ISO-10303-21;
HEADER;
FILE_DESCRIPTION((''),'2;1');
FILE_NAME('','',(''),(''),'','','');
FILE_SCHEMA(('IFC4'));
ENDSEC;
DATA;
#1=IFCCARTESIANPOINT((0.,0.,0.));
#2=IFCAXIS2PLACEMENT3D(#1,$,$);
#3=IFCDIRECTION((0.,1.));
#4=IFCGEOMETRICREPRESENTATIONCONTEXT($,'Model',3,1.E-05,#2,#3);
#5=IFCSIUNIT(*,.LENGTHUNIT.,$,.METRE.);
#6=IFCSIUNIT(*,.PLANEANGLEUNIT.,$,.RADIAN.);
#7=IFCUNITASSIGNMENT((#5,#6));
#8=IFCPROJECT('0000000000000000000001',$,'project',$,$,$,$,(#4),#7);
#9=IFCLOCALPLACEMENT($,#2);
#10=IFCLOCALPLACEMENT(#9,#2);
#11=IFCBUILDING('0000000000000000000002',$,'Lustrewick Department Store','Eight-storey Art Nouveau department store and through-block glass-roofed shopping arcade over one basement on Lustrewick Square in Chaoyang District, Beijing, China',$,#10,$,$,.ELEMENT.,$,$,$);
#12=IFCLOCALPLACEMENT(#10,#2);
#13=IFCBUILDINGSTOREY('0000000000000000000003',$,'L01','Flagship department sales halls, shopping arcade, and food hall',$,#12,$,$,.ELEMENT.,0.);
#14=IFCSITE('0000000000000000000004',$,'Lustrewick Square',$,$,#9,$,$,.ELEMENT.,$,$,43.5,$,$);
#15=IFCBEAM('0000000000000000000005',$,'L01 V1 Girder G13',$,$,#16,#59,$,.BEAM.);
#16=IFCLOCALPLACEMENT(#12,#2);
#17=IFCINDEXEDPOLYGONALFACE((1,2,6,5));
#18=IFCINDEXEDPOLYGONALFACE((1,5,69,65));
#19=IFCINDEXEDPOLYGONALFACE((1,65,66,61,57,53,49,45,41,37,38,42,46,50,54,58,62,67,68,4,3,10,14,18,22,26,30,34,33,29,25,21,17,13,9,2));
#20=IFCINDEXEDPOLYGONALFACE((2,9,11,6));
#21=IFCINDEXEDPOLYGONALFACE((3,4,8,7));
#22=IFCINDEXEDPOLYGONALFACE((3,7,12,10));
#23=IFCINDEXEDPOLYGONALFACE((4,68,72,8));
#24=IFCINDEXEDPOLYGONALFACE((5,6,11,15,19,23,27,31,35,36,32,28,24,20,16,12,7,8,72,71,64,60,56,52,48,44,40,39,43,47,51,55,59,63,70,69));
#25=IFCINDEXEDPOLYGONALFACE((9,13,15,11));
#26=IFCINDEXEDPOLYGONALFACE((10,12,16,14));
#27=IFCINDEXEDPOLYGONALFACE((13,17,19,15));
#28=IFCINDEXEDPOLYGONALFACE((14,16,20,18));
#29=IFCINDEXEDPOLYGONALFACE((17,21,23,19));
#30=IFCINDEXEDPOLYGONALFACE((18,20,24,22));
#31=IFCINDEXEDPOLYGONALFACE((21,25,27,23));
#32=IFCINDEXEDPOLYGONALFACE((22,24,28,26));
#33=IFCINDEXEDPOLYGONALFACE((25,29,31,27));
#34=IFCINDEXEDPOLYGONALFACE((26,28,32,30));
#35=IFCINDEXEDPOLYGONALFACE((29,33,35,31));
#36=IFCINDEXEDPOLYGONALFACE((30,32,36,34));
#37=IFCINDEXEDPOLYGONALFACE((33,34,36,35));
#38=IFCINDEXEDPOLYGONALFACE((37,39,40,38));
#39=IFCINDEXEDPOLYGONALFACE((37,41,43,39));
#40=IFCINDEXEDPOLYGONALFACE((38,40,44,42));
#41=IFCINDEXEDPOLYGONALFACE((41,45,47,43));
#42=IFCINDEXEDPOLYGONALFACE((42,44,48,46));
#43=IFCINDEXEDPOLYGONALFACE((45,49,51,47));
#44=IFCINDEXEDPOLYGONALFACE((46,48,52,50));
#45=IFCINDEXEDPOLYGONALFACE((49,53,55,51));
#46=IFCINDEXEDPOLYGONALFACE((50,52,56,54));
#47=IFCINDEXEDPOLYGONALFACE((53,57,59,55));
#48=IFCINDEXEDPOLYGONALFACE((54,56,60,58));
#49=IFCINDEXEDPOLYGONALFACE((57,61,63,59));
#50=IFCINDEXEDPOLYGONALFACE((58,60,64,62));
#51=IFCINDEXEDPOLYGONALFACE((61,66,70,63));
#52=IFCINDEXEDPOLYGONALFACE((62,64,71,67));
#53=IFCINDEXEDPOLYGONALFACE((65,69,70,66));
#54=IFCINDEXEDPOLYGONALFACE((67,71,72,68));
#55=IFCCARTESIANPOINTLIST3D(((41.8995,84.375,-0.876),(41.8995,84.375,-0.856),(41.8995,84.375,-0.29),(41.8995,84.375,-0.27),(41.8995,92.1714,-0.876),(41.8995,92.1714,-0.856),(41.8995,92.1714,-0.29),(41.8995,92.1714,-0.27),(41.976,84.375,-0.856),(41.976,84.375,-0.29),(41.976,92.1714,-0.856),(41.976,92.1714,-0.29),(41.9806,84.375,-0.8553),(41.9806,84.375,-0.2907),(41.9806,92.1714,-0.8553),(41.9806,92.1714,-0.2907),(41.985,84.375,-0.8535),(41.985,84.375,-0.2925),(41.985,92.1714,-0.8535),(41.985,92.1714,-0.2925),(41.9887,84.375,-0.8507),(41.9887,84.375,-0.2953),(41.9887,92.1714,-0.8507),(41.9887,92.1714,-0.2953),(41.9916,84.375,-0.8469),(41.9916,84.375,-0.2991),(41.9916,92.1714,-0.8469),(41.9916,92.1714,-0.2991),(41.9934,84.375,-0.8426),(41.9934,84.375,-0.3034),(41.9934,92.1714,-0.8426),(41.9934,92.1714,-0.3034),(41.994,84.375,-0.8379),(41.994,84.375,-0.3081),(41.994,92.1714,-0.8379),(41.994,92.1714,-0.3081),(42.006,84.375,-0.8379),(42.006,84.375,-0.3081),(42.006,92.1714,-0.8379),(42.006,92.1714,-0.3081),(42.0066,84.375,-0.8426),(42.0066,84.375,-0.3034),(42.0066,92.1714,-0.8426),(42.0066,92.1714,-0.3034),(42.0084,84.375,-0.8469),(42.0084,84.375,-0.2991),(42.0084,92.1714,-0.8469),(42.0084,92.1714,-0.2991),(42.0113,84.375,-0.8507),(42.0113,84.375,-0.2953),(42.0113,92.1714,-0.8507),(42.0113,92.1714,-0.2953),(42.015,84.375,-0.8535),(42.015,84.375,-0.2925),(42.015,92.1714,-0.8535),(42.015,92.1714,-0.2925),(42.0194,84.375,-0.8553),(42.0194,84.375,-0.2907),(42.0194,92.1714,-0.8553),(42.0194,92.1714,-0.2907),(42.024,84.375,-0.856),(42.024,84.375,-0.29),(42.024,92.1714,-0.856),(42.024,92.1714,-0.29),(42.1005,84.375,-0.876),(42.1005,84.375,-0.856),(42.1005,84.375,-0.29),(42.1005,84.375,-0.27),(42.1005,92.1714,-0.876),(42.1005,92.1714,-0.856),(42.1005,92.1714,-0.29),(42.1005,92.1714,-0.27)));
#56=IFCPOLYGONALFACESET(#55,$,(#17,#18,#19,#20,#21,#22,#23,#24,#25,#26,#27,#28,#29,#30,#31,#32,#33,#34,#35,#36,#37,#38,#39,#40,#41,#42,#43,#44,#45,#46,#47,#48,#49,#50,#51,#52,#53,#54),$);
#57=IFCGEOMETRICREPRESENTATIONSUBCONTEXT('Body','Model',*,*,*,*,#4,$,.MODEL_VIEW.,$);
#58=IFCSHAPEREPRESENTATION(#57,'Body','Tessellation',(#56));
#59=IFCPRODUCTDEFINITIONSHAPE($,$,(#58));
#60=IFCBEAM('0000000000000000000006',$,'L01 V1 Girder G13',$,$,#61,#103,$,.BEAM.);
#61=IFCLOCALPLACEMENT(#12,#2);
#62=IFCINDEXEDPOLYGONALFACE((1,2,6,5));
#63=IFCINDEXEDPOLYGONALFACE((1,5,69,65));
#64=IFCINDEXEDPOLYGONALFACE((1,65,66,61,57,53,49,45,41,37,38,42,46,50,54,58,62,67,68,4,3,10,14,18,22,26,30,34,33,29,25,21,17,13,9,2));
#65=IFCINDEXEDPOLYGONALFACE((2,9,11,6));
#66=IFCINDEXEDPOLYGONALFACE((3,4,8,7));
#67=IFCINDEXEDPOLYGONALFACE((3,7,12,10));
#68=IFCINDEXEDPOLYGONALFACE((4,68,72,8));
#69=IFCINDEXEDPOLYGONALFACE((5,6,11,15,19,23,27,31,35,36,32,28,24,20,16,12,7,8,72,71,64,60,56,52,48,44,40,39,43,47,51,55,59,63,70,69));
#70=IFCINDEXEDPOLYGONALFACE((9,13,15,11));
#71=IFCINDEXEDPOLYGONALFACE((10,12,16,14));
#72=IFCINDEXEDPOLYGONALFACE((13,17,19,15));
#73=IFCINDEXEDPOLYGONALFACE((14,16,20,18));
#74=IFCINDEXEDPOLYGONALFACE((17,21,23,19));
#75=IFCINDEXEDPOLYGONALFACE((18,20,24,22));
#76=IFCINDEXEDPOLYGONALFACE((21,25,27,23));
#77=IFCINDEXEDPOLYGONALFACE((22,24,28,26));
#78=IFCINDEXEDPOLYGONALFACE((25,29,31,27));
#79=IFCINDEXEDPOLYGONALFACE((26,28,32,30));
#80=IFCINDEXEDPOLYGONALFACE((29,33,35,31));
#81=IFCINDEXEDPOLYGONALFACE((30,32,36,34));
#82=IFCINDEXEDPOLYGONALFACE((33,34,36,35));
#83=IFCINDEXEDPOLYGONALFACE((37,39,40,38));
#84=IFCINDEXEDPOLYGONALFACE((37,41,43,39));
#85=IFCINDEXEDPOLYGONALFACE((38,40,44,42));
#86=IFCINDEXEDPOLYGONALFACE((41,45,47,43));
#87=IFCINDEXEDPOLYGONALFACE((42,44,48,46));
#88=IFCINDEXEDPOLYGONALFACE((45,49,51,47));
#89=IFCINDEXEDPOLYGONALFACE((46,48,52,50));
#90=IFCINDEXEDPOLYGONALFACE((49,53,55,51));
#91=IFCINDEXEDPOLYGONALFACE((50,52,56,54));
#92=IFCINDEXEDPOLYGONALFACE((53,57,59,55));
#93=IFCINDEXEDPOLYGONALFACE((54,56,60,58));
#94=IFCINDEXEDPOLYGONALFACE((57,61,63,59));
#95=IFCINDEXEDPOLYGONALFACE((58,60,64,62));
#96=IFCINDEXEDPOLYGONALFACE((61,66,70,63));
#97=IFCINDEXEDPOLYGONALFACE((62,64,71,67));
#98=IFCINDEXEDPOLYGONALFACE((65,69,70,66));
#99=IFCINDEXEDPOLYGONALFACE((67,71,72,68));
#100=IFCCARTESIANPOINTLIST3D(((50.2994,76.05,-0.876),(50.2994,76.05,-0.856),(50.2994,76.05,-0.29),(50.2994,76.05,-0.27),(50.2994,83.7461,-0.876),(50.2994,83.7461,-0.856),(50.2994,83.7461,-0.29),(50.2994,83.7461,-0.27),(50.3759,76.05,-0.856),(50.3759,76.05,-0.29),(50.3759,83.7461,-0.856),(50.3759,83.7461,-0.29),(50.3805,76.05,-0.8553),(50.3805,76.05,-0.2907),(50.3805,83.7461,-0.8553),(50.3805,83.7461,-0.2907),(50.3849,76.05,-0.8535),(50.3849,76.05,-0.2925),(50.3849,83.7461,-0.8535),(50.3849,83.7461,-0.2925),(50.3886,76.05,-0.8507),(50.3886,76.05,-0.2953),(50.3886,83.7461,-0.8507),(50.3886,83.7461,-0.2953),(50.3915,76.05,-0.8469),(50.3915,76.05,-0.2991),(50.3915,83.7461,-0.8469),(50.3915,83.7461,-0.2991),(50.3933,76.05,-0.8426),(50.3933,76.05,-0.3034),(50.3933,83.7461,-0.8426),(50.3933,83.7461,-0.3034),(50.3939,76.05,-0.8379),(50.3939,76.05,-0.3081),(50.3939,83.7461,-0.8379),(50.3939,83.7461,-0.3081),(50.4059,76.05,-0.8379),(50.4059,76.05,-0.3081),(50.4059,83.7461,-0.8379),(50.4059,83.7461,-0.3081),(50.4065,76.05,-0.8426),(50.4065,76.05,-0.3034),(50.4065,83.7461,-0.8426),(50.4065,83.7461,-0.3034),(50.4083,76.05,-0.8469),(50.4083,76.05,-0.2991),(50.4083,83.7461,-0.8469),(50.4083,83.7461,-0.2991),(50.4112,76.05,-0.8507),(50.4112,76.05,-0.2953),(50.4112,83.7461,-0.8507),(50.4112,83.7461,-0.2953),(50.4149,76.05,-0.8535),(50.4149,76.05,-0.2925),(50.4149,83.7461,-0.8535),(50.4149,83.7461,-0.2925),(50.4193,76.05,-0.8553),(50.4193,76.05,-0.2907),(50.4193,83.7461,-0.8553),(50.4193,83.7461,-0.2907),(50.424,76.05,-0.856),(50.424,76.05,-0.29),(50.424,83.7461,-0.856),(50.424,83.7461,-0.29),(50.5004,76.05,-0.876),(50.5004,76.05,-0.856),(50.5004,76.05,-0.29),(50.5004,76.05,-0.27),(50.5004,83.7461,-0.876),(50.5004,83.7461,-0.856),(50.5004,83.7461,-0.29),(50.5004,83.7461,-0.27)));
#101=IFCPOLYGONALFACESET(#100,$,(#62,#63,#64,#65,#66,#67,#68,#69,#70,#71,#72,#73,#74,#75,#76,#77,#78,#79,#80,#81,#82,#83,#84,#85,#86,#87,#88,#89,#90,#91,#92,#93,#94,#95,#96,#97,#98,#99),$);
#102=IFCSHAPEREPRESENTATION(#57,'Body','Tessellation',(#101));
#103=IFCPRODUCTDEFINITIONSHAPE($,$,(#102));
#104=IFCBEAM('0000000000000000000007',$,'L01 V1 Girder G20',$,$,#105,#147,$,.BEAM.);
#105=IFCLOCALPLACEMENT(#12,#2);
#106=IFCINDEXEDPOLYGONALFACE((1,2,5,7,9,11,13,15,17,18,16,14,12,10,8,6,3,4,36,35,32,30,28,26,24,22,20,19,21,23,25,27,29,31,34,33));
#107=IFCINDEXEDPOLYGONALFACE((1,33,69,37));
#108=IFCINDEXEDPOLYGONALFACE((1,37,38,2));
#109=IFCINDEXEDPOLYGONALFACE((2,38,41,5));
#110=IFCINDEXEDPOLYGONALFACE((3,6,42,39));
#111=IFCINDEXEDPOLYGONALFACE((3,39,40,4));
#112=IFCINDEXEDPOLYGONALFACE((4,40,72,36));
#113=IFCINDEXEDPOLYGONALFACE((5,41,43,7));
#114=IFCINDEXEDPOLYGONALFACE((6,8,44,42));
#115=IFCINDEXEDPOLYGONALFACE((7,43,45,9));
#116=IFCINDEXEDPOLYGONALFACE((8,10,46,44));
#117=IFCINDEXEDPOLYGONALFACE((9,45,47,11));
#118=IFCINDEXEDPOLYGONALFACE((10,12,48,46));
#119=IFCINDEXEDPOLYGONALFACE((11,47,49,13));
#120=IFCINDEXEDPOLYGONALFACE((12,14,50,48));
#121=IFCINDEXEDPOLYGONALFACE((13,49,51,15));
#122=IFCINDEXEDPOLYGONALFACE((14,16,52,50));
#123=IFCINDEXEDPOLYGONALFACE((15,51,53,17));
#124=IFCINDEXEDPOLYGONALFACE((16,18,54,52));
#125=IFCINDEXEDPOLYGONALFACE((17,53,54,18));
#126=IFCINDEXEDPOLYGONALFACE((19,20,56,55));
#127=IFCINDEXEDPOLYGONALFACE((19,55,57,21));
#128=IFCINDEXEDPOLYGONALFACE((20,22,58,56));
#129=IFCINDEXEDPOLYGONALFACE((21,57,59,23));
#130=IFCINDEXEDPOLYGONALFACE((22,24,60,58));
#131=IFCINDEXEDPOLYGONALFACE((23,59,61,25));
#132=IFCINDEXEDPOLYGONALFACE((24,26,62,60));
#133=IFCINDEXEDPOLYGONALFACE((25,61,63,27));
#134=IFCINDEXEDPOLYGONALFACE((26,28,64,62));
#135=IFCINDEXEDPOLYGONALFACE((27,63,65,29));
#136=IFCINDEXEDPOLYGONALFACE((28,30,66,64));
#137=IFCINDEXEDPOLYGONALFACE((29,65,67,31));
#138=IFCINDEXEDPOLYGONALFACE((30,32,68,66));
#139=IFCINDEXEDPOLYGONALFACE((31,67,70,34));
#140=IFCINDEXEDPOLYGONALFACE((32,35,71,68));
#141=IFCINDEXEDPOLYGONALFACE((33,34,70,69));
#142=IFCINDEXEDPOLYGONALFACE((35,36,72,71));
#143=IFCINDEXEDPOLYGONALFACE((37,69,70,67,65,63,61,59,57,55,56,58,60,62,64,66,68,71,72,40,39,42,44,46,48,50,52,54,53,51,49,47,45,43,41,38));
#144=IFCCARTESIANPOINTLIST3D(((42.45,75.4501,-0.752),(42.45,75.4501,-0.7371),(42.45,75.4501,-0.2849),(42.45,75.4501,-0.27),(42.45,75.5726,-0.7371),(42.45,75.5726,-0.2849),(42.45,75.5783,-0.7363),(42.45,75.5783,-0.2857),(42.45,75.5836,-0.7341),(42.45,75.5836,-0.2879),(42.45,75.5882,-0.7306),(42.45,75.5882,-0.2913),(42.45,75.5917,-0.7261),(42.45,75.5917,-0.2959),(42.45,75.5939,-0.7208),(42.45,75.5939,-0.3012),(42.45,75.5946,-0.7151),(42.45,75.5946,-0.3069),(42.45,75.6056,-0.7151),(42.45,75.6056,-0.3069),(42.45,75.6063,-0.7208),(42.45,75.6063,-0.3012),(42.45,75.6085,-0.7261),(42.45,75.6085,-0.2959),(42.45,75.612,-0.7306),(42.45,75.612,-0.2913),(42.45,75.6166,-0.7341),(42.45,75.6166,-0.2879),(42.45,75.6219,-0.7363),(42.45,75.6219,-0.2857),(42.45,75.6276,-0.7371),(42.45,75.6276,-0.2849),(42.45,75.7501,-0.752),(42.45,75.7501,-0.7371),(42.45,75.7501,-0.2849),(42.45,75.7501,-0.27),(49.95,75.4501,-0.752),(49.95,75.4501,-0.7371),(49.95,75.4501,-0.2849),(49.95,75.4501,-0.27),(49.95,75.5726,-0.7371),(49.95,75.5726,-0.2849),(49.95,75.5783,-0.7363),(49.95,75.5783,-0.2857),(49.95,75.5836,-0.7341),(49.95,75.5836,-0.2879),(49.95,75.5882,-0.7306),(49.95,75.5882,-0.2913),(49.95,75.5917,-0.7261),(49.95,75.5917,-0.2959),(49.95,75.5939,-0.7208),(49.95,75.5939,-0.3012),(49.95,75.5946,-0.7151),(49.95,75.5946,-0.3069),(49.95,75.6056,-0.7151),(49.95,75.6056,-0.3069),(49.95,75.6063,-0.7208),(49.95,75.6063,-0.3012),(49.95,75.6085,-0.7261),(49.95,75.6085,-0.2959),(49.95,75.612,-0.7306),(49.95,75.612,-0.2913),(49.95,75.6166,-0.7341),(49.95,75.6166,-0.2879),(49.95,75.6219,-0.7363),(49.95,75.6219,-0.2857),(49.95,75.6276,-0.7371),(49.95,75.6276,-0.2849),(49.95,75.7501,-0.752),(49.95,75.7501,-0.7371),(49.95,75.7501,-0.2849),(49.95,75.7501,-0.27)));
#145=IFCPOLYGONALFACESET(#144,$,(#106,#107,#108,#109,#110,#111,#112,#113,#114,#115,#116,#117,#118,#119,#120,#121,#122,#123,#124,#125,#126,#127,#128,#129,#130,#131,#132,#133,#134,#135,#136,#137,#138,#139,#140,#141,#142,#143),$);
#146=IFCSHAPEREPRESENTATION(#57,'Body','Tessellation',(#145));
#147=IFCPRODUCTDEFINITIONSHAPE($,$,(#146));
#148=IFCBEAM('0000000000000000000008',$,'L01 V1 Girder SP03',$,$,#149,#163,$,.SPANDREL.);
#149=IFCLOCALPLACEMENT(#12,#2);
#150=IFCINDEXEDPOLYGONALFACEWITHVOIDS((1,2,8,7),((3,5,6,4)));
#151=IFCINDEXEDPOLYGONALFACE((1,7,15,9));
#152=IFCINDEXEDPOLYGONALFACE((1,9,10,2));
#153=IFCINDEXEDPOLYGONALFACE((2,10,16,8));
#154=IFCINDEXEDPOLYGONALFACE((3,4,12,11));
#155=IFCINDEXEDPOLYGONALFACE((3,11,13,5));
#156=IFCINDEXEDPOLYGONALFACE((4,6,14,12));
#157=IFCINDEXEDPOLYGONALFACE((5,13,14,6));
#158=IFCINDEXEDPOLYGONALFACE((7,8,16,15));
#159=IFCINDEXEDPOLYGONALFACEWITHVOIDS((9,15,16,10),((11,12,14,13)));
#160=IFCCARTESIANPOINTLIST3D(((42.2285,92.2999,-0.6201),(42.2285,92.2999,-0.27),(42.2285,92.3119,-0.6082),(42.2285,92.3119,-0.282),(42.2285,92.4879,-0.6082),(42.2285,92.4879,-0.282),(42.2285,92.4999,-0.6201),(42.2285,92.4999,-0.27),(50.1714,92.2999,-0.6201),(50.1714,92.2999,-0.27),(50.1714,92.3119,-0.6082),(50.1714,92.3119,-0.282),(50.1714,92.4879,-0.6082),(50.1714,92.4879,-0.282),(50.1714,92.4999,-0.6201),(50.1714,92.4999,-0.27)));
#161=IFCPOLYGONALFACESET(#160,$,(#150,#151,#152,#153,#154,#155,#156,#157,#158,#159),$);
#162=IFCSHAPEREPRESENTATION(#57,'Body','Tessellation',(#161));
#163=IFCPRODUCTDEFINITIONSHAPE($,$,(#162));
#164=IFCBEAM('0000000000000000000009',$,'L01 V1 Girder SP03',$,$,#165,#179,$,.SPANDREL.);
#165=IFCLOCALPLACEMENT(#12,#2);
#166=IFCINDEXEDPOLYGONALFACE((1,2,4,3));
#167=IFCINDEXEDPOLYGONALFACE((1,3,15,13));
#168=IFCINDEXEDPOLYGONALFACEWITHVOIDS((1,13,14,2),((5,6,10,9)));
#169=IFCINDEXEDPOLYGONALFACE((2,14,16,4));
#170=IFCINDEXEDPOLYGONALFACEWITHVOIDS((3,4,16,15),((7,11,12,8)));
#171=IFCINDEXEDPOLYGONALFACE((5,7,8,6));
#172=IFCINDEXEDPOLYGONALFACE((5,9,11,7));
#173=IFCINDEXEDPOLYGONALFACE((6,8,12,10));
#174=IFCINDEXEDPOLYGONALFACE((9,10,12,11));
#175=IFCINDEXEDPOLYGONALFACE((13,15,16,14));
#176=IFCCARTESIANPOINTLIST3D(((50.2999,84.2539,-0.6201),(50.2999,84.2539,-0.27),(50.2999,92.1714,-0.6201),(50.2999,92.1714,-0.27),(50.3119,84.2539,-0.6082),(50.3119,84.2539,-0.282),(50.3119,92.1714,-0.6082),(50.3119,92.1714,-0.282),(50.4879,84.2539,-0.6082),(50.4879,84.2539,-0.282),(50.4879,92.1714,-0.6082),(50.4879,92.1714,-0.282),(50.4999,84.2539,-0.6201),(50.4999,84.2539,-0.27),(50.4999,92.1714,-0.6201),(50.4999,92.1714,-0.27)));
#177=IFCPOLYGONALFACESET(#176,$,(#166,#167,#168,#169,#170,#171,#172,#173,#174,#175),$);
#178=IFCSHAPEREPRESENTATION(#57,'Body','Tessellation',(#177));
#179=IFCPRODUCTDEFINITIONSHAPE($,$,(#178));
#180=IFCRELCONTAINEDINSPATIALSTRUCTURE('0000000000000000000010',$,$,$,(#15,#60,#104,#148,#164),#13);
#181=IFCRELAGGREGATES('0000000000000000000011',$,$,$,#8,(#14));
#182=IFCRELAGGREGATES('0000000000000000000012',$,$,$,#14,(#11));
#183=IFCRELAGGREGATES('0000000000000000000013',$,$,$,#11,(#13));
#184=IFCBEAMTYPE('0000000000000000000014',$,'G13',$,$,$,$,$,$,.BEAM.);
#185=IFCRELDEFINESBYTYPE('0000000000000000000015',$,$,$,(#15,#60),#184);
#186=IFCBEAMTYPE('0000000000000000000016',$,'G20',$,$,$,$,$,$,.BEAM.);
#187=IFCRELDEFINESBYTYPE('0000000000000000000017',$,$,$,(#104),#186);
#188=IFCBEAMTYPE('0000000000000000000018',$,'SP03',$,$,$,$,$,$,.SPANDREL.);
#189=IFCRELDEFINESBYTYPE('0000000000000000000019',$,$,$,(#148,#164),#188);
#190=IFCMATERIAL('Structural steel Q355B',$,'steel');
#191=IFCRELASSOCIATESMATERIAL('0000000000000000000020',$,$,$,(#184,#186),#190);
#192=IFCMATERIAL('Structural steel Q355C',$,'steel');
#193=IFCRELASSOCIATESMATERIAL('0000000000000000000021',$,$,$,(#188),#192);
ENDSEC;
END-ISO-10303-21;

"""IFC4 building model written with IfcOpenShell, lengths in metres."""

from ifc_helpers import new_model, si_unit, direction, frame, origin, origin_2d, place, context, subcontext, project, spatial, hollow_rectangle, i_section, extrude, material, material_profile, profile_set, type_object, element, save


model = new_model("IFC4")

# Units and contexts
model_context = context("Model", 3, precision=1e-05, world=origin(), true_north=direction((0.0, 1.0)))
body_context = subcontext(model_context, "Body", "Model", "MODEL_VIEW")
ifc_project = project(units=[si_unit("LENGTHUNIT", "METRE"), si_unit("PLANEANGLEUNIT", "RADIAN")], contexts=[model_context])

# Site, building, storey
site_placement = place(None, origin())
site = spatial("IfcSite", under=ifc_project, at=site_placement, Name="Lustrewick Square", CompositionType="ELEMENT", RefElevation=43.5)
building_placement = place(site_placement, origin())
building = spatial("IfcBuilding", under=site, at=building_placement, Name="Lustrewick Department Store", Description="Eight-storey Art Nouveau department store and through-block glass-roofed shopping arcade over one basement on Lustrewick Square in Chaoyang District, Beijing, China", CompositionType="ELEMENT")
storey_placement = place(building_placement, origin())
storey = spatial("IfcBuildingStorey", under=building, at=storey_placement, Name="L01", Description="Flagship department sales halls, shopping arcade, and food hall", CompositionType="ELEMENT", Elevation=0.0)

# Shared definitions
ifc_material_1 = material(Name="Structural steel Q355C", Category="steel")

# Beams
ifc_material_2 = material(Name="Structural steel Q355B", Category="steel")
ifc_material_profile_1 = material_profile(ifc_material_2, i_section(OverallWidth=0.2009, OverallDepth=0.606, WebThickness=0.012, FlangeThickness=0.02, FilletRadius=0.0181, at=origin_2d()), Name="HN 606x201x12x20")
ifc_profile_set_1 = profile_set([ifc_material_profile_1], Name="Structural steel Q355B")
beam_type_1 = type_object("IfcBeamType", Name="G13", PredefinedType="BEAM", material=ifc_profile_set_1)
beam_1_placement = place(storey_placement, frame((42.0, 84.375, -0.573), z_axis=(0.0, 1.0, 0.0), x_axis=(-1.0, 0.0, 0.0)))
element("IfcBeam", 1, at=beam_1_placement, inside=storey, type_object=beam_type_1, Name="L01 V1 Girder G13", PredefinedType="BEAM", context=body_context, shape_type="SweptSolid", body=[
    extrude(i_section(OverallWidth=0.2009, OverallDepth=0.606, WebThickness=0.012, FlangeThickness=0.02, FilletRadius=0.0181, at=origin_2d()), origin(), (0.0, 0.0, 1.0), 7.7964),
])
beam_2_placement = place(storey_placement, frame((50.3999, 76.05, -0.573), z_axis=(0.0, 1.0, 0.0), x_axis=(-1.0, 0.0, 0.0)))
element("IfcBeam", 2, at=beam_2_placement, inside=storey, type_object=beam_type_1, Name="L01 V1 Girder G13", PredefinedType="BEAM", context=body_context, shape_type="SweptSolid", body=[
    extrude(i_section(OverallWidth=0.2009, OverallDepth=0.606, WebThickness=0.012, FlangeThickness=0.02, FilletRadius=0.0181, at=origin_2d()), origin(), (0.0, 0.0, 1.0), 7.696),
])
ifc_material_profile_2 = material_profile(ifc_material_2, i_section(OverallWidth=0.3, OverallDepth=0.4819, WebThickness=0.011, FlangeThickness=0.0149, FilletRadius=0.022, at=origin_2d()), Name="HM 482x300x11x15")
ifc_profile_set_2 = profile_set([ifc_material_profile_2], Name="Structural steel Q355B")
beam_type_2 = type_object("IfcBeamType", Name="G20", PredefinedType="BEAM", material=ifc_profile_set_2)
beam_3_placement = place(storey_placement, frame((42.45, 75.6001, -0.511), z_axis=(1.0, 0.0, 0.0), x_axis=(0.0, 1.0, 0.0)))
element("IfcBeam", 3, at=beam_3_placement, inside=storey, type_object=beam_type_2, Name="L01 V1 Girder G20", PredefinedType="BEAM", context=body_context, shape_type="SweptSolid", body=[
    extrude(i_section(OverallWidth=0.3, OverallDepth=0.4819, WebThickness=0.011, FlangeThickness=0.0149, FilletRadius=0.022, at=origin_2d()), origin(), (0.0, 0.0, 1.0), 7.5),
])
ifc_material_profile_3 = material_profile(ifc_material_1, hollow_rectangle(XDim=0.2, YDim=0.3501, WallThickness=0.012, at=origin_2d()), Name="RHS 350x200x12")
ifc_profile_set_3 = profile_set([ifc_material_profile_3], Name="Structural steel Q355C")
beam_type_3 = type_object("IfcBeamType", Name="SP03", PredefinedType="SPANDREL", material=ifc_profile_set_3)
beam_4_placement = place(storey_placement, frame((42.2285, 92.3999, -0.4451), z_axis=(1.0, 0.0, 0.0), x_axis=(0.0, 1.0, 0.0)))
element("IfcBeam", 4, at=beam_4_placement, inside=storey, type_object=beam_type_3, Name="L01 V1 Girder SP03", PredefinedType="SPANDREL", context=body_context, shape_type="SweptSolid", body=[
    extrude(hollow_rectangle(XDim=0.2, YDim=0.3501, WallThickness=0.012, at=origin_2d()), origin(), (0.0, 0.0, 1.0), 7.9429),
])
beam_5_placement = place(storey_placement, frame((50.3999, 84.2539, -0.4451), z_axis=(0.0, 1.0, 0.0), x_axis=(-1.0, 0.0, 0.0)))
element("IfcBeam", 5, at=beam_5_placement, inside=storey, type_object=beam_type_3, Name="L01 V1 Girder SP03", PredefinedType="SPANDREL", context=body_context, shape_type="SweptSolid", body=[
    extrude(hollow_rectangle(XDim=0.2, YDim=0.3501, WallThickness=0.012, at=origin_2d()), origin(), (0.0, 0.0, 1.0), 7.9175),
])

save(model, "model.ifc")
